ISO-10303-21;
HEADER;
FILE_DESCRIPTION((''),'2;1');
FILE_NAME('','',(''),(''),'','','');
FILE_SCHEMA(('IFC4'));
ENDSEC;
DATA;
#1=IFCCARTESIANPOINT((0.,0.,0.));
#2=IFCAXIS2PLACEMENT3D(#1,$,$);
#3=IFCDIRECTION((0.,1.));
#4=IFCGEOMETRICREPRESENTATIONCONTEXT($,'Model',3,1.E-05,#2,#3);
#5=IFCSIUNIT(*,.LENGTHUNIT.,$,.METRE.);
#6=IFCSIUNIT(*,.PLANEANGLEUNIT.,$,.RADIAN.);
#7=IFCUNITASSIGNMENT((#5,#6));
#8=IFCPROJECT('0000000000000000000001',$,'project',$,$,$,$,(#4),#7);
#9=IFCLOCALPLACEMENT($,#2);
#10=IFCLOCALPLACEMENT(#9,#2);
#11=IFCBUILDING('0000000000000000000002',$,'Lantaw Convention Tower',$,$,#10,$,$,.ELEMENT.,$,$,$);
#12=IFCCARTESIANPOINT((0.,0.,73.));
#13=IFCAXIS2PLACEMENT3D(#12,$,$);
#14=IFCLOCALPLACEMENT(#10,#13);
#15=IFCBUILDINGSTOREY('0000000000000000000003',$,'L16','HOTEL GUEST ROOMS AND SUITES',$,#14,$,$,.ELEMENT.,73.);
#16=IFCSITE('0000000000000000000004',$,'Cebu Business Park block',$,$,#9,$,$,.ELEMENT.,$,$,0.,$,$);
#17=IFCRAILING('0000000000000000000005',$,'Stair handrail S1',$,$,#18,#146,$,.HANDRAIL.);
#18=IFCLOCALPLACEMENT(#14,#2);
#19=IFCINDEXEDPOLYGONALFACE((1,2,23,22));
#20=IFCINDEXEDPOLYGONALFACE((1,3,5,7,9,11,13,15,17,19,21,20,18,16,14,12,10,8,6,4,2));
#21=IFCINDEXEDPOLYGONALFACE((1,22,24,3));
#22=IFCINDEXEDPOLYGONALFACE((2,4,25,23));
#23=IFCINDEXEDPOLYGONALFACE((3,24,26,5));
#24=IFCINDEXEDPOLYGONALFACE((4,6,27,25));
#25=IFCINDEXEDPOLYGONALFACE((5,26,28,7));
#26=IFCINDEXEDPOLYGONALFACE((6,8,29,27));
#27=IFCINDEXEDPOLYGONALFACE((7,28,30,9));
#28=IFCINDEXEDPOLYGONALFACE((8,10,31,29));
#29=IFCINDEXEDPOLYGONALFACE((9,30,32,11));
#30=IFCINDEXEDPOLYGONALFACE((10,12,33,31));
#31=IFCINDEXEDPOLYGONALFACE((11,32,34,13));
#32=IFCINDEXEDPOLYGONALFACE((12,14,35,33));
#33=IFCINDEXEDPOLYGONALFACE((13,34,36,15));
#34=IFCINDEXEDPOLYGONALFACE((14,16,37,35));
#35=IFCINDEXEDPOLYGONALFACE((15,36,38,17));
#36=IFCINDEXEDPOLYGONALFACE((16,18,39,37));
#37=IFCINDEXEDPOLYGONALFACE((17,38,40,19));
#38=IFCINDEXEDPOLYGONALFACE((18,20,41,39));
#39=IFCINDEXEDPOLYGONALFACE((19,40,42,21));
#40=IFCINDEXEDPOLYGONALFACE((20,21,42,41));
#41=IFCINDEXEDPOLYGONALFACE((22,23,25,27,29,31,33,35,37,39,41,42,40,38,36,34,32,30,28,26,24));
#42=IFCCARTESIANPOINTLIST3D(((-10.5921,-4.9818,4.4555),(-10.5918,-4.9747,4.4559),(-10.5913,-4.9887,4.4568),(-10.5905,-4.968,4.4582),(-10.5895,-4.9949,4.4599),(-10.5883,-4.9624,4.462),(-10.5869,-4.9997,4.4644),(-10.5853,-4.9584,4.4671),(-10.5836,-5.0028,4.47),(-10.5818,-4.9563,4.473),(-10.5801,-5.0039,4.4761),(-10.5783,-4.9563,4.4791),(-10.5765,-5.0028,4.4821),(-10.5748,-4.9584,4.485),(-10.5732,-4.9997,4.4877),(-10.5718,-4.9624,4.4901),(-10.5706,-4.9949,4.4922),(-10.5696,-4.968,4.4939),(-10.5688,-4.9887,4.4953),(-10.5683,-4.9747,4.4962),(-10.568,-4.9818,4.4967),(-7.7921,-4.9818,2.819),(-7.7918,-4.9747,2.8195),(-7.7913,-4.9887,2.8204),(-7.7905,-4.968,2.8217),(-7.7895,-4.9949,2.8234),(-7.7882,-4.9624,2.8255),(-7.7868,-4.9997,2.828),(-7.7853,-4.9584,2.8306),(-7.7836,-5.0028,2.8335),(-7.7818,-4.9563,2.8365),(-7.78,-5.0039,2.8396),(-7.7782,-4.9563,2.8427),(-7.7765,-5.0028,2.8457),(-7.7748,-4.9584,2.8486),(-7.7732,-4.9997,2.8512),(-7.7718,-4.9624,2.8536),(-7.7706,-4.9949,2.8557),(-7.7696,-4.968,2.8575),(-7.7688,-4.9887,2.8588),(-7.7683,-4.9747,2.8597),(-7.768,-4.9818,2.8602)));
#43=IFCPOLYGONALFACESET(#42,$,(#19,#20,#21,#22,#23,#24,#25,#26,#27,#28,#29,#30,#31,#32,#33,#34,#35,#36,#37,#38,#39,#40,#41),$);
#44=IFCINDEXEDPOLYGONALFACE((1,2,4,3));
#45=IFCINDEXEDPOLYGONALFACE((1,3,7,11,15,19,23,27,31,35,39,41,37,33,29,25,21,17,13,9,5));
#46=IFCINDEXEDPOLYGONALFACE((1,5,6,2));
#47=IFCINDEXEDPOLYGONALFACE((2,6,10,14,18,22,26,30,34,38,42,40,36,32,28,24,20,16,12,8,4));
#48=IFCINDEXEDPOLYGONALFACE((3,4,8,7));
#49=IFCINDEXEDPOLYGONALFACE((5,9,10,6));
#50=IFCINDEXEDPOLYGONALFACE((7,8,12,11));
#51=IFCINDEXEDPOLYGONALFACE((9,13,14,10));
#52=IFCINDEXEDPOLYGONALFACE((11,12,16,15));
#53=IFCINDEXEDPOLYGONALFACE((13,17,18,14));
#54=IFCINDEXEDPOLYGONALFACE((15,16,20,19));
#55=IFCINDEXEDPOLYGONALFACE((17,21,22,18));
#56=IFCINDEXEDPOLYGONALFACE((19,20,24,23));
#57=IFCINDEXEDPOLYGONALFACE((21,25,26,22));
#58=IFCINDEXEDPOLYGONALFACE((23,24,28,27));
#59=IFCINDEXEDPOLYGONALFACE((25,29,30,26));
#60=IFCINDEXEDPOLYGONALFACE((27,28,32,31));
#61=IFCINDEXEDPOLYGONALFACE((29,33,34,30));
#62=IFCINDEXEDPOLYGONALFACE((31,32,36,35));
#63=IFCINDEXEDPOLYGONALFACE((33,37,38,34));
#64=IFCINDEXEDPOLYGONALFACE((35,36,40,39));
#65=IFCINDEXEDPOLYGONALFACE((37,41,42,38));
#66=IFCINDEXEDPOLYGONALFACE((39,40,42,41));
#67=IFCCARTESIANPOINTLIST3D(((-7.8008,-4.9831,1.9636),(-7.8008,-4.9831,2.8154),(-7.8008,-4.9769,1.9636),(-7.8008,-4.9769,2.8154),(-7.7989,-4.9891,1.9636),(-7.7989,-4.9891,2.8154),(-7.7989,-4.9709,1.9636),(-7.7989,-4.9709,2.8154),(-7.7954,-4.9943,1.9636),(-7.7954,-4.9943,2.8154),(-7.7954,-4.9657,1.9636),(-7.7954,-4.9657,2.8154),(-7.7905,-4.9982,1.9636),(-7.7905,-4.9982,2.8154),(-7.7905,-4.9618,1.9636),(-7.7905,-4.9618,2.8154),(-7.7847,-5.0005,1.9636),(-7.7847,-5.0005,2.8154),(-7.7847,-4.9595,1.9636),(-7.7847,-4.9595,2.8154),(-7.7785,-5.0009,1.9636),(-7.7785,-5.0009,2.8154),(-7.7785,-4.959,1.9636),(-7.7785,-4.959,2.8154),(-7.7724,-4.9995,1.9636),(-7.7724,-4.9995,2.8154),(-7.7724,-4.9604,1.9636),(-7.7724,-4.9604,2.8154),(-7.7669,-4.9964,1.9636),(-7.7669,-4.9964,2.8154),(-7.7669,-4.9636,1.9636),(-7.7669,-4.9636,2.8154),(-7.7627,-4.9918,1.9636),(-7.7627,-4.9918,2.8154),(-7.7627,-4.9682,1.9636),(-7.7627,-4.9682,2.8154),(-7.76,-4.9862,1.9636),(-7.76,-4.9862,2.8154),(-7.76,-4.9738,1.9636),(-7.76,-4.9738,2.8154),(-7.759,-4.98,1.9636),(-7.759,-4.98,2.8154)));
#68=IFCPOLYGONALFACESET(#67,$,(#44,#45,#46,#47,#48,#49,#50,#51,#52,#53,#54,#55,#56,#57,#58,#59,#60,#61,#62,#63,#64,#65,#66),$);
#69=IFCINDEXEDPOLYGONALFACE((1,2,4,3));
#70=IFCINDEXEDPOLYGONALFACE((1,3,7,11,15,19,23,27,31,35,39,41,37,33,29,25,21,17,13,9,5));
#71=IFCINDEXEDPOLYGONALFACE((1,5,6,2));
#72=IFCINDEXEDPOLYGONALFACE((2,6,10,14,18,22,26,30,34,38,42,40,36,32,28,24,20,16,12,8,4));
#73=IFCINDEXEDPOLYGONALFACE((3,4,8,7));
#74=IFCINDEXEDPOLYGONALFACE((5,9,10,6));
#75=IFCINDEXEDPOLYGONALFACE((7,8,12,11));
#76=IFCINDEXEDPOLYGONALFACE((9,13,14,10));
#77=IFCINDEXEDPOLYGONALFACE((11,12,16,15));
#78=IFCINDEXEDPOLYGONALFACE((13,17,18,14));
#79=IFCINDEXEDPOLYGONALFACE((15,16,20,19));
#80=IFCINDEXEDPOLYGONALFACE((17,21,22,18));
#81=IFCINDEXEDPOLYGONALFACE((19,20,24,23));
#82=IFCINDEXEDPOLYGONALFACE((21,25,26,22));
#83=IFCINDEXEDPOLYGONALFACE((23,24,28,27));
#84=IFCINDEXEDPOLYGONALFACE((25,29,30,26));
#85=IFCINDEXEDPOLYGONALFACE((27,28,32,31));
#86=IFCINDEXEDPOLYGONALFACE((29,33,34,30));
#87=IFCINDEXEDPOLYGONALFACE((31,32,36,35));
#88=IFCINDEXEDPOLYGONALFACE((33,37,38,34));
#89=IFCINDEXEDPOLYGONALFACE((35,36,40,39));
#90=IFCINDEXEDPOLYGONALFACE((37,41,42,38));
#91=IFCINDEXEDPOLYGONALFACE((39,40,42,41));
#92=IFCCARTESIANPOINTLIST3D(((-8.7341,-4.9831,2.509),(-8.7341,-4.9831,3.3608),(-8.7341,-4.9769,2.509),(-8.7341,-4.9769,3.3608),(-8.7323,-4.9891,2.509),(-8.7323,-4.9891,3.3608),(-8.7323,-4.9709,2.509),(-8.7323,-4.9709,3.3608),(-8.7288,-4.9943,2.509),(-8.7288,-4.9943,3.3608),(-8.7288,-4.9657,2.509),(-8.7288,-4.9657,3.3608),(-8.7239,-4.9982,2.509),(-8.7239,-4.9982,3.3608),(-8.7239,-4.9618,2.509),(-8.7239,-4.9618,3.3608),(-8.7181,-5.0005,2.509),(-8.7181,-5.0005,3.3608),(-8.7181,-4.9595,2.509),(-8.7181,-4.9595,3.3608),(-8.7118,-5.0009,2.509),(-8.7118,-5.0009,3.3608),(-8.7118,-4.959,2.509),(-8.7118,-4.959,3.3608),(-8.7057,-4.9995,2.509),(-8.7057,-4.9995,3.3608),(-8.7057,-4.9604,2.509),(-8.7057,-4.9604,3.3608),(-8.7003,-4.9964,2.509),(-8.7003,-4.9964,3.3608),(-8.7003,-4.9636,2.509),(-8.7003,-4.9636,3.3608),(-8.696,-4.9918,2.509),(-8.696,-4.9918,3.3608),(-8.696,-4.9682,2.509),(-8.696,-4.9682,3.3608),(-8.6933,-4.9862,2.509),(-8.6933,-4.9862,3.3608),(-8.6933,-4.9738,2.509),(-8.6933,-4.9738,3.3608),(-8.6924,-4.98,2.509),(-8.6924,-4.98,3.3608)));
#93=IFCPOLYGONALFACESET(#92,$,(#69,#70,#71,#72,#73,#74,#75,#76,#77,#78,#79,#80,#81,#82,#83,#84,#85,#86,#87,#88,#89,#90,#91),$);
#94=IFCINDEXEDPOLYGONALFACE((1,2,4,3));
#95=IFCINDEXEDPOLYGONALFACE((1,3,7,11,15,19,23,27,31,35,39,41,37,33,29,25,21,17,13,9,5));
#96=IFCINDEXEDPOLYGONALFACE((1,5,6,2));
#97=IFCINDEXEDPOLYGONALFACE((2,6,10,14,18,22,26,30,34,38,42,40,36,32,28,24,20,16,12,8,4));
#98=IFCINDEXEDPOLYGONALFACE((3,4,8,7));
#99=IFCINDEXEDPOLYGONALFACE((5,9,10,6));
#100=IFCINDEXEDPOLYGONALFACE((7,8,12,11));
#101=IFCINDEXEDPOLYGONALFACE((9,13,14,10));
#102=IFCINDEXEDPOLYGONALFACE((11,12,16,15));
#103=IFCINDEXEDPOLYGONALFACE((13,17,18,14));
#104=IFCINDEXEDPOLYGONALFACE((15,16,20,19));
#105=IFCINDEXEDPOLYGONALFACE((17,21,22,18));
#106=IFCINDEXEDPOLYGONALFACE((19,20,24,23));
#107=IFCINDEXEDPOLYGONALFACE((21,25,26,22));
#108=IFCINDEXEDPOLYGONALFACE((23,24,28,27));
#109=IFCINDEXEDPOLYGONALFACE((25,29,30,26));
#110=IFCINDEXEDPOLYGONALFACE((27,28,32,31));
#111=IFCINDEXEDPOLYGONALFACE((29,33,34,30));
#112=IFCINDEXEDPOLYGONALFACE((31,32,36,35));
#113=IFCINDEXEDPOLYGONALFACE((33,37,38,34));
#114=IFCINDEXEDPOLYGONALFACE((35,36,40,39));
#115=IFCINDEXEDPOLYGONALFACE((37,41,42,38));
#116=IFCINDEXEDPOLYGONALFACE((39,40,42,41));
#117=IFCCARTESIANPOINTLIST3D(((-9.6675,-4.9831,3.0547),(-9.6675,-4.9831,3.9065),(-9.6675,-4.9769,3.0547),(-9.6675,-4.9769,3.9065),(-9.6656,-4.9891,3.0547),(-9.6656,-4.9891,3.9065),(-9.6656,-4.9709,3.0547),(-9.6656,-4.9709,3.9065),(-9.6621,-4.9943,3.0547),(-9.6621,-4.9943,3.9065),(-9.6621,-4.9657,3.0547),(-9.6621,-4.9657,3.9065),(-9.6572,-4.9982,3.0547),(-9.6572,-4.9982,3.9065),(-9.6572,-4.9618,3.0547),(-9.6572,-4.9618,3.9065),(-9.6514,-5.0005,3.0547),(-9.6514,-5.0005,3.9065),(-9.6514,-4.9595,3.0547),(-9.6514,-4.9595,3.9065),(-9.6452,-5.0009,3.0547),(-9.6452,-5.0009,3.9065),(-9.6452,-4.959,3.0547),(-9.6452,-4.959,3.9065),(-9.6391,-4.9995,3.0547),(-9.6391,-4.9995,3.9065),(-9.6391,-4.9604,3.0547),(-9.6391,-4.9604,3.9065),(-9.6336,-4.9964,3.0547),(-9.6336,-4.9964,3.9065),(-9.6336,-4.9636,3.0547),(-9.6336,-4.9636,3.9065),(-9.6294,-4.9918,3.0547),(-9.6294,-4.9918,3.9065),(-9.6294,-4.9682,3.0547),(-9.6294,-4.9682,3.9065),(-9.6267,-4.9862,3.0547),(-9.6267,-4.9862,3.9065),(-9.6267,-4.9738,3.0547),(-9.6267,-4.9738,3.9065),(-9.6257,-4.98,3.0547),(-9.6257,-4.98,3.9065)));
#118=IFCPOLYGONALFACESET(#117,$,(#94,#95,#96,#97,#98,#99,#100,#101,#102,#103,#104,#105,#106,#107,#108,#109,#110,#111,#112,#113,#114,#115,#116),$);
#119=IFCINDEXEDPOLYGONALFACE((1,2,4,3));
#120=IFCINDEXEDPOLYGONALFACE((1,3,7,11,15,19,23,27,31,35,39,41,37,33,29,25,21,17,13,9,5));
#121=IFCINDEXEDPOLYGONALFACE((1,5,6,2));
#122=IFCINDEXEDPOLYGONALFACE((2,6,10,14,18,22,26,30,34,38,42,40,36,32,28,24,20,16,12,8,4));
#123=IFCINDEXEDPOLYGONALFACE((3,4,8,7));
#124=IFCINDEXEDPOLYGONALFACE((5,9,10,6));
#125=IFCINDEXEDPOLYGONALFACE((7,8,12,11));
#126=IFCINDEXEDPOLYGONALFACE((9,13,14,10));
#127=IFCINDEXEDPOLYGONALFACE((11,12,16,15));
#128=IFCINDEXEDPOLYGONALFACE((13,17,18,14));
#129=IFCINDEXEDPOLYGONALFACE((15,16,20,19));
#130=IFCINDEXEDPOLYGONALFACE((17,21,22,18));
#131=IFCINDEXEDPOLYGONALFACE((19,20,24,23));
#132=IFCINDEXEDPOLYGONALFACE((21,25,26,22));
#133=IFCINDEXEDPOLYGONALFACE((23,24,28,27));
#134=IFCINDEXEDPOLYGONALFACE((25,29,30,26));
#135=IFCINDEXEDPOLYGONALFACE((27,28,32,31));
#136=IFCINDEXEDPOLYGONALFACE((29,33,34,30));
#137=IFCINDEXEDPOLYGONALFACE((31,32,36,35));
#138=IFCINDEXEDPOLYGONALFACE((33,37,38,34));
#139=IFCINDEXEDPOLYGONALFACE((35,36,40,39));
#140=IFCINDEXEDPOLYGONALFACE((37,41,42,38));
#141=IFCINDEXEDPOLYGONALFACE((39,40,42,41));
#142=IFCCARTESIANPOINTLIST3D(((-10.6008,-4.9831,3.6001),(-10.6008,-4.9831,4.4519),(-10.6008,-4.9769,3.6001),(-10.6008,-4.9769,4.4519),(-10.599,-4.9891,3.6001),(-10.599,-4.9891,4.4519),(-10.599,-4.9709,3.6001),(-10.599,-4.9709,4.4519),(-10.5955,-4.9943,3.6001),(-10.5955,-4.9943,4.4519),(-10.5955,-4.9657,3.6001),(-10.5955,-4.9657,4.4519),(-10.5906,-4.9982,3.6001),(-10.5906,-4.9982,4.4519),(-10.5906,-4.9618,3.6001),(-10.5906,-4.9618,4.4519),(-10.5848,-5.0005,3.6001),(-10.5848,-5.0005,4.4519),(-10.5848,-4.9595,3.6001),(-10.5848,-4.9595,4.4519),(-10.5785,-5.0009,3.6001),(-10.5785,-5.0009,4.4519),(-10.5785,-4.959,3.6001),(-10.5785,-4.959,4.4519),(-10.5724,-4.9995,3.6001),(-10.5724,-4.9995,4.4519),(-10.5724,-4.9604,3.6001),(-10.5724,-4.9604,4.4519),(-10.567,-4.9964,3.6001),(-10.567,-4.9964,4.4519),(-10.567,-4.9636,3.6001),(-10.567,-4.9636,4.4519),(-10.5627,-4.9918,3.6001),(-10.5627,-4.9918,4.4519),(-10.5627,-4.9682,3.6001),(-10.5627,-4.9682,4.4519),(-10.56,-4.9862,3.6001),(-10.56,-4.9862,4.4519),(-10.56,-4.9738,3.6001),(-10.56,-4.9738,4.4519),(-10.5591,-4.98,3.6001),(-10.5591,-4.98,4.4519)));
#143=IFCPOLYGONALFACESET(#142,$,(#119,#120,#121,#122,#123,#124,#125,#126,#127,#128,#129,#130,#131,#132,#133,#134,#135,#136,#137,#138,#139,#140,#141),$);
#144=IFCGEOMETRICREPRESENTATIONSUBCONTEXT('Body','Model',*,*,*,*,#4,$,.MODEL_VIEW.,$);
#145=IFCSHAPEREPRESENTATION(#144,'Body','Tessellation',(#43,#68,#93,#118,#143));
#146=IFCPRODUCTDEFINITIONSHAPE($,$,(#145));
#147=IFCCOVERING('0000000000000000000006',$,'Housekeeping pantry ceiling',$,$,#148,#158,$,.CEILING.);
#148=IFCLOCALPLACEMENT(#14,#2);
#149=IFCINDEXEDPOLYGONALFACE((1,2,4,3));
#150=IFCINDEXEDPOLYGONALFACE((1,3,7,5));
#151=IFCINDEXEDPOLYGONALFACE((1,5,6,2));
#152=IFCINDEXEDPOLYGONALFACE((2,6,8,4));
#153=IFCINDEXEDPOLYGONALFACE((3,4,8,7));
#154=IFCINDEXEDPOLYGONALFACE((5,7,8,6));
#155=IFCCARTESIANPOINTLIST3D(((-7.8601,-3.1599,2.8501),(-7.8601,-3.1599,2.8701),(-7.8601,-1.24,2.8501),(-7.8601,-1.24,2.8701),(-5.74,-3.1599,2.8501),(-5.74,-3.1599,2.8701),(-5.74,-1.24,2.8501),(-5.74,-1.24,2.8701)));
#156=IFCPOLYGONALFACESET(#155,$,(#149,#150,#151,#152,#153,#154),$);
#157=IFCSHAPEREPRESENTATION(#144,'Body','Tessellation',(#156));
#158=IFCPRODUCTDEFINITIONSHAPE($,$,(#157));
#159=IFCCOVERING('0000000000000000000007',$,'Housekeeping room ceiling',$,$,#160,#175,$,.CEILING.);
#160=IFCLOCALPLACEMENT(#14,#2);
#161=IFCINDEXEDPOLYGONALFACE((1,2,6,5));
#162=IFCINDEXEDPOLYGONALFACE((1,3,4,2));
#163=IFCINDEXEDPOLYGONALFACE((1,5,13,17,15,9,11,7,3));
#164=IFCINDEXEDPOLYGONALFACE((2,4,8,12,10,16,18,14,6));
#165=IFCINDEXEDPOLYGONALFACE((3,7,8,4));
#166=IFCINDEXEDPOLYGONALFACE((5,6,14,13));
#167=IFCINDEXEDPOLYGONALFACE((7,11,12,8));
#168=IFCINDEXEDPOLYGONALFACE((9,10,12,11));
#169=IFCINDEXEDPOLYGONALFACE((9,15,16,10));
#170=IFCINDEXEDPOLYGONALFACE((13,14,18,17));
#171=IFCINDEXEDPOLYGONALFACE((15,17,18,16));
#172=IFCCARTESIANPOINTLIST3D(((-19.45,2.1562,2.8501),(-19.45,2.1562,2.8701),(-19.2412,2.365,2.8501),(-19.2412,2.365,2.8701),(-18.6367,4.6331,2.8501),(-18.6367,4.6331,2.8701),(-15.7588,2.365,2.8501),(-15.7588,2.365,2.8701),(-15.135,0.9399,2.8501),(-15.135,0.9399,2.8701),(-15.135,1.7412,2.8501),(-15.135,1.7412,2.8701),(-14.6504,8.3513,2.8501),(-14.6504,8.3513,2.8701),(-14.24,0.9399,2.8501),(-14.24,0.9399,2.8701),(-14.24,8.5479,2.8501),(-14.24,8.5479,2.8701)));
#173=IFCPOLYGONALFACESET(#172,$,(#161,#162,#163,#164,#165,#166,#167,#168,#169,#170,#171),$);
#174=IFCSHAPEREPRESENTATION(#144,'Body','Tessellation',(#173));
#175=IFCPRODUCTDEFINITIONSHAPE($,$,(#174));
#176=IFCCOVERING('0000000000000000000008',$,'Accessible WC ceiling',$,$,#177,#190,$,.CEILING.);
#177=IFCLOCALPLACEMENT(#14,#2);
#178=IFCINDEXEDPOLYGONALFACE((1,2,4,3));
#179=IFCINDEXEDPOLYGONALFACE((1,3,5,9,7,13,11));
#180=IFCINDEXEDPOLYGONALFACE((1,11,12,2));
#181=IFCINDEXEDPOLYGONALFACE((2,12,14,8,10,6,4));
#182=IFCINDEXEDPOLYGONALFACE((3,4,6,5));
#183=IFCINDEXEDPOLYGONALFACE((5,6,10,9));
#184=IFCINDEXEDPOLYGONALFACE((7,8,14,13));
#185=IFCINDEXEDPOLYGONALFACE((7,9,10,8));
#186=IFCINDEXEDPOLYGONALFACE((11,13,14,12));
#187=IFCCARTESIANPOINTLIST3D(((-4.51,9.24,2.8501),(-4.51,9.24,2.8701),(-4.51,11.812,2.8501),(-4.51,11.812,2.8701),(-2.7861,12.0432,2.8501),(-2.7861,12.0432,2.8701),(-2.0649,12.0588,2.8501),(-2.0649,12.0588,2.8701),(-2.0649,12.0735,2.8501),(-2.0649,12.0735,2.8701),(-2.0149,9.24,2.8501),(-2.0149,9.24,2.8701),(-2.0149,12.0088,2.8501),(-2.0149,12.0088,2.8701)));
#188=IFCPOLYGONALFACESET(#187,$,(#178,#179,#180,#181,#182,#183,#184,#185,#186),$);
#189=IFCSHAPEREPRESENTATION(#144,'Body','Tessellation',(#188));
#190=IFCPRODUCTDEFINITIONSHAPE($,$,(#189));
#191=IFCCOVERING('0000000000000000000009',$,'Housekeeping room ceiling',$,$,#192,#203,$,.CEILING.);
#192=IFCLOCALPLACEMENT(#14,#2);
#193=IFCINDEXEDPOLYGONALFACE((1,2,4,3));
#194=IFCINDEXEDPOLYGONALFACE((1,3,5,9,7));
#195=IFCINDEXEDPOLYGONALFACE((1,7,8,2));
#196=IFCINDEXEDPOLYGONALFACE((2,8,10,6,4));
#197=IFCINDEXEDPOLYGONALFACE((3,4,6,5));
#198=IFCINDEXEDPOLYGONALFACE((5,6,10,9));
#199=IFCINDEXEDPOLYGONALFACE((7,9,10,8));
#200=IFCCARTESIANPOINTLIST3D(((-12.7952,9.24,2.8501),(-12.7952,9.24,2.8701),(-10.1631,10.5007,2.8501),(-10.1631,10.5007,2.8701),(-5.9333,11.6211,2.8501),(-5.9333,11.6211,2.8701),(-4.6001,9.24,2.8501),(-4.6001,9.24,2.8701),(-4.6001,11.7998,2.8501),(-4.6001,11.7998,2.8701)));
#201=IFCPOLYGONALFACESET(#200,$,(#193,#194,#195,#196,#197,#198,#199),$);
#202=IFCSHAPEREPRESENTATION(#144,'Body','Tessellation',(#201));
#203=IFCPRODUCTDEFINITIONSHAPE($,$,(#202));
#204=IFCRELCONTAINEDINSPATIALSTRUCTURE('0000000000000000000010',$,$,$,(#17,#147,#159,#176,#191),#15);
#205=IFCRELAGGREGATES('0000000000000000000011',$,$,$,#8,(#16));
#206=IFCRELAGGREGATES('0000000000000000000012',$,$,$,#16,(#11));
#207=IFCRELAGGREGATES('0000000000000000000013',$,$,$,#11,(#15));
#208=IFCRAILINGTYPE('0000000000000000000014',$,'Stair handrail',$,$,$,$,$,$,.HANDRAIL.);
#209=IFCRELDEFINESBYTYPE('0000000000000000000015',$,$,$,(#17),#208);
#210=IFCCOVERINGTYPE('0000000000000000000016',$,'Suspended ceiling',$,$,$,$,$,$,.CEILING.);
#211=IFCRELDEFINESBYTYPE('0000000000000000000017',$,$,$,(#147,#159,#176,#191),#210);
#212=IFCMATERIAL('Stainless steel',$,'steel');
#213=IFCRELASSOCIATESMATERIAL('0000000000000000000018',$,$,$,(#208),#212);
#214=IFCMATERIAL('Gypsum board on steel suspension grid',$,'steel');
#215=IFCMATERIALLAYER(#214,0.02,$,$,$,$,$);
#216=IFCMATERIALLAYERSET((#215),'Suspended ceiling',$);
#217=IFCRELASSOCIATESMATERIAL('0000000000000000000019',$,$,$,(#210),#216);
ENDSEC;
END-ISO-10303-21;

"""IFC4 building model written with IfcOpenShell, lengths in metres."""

from ifc_helpers import new_model, si_unit, direction, frame, origin, origin_2d, place, context, subcontext, project, spatial, polyline, circle, outline, extrude, material, layer, layer_set, type_object, element, save


model = new_model("IFC4")

# Units and contexts
model_context = context("Model", 3, precision=1e-05, world=origin(), true_north=direction((0.0, 1.0)))
body_context = subcontext(model_context, "Body", "Model", "MODEL_VIEW")
ifc_project = project(units=[si_unit("LENGTHUNIT", "METRE"), si_unit("PLANEANGLEUNIT", "RADIAN")], contexts=[model_context])

# Site, building, storey
site_placement = place(None, origin())
site = spatial("IfcSite", under=ifc_project, at=site_placement, Name="Cebu Business Park block", CompositionType="ELEMENT", RefElevation=0.0)
building_placement = place(site_placement, origin())
building = spatial("IfcBuilding", under=site, at=building_placement, Name="Lantaw Convention Tower", CompositionType="ELEMENT")
storey_placement = place(building_placement, frame((0.0, 0.0, 73.0)))
storey = spatial("IfcBuildingStorey", under=building, at=storey_placement, Name="L16", Description="HOTEL GUEST ROOMS AND SUITES", CompositionType="ELEMENT", Elevation=73.0)

# Shared definitions
ifc_material_1 = material(Name="Stainless steel", Category="steel")

# Railing
railing_type = type_object("IfcRailingType", Name="Stair handrail", PredefinedType="HANDRAIL", material=ifc_material_1)
railing_1_placement = place(storey_placement, frame((-7.78, -4.98, 1.9636)))
element("IfcRailing", 1, at=railing_1_placement, inside=storey, type_object=railing_type, Name="Stair handrail S1", PredefinedType="HANDRAIL", context=body_context, shape_type="SweptSolid", body=[
    extrude(circle(Radius=0.0239, at=origin_2d()), frame((0.0, 0.0, 0.876), z_axis=(-0.863361, 0.0, 0.504587), x_axis=(0.0, -1.0, 0.0)), (0.0, 0.0, 1.0), 3.2432),
    extrude(circle(Radius=0.021, at=origin_2d()), origin(), (0.0, 0.0, 1.0), 0.8518),
    extrude(circle(Radius=0.021, at=origin_2d()), frame((-0.9333, 0.0, 0.5454)), (0.0, 0.0, 1.0), 0.8518),
    extrude(circle(Radius=0.021, at=origin_2d()), frame((-1.8667, 0.0, 1.0911)), (0.0, 0.0, 1.0), 0.8518),
    extrude(circle(Radius=0.021, at=origin_2d()), frame((-2.8, 0.0, 1.6365)), (0.0, 0.0, 1.0), 0.8518),
])

# Coverings
ifc_material_2 = material(Name="Gypsum board on steel suspension grid", Category="steel")
ifc_layer_1 = layer(ifc_material_2, 0.02)
ifc_layer_set_1 = layer_set([ifc_layer_1], Name="Suspended ceiling")
covering_type = type_object("IfcCoveringType", Name="Suspended ceiling", PredefinedType="CEILING", material=ifc_layer_set_1)
covering_1_placement = place(storey_placement, frame((0.0, 0.0, 2.8501)))
element("IfcCovering", 2, at=covering_1_placement, inside=storey, type_object=covering_type, Name="Housekeeping pantry ceiling", PredefinedType="CEILING", context=body_context, shape_type="SweptSolid", body=[
    extrude(outline(polyline([(-7.8601, -3.1599), (-5.74, -3.1599), (-5.74, -1.24), (-7.8601, -1.24), (-7.8601, -3.1599)])), origin(), (0.0, 0.0, 1.0), 0.02),
])
covering_2_placement = place(storey_placement, frame((0.0, 0.0, 2.8501)))
element("IfcCovering", 3, at=covering_2_placement, inside=storey, type_object=covering_type, Name="Housekeeping room ceiling", PredefinedType="CEILING", context=body_context, shape_type="SweptSolid", body=[
    extrude(outline(polyline([(-14.24, 8.5479), (-14.6504, 8.3513), (-18.6367, 4.6331), (-19.45, 2.1562), (-19.2412, 2.365), (-15.7588, 2.365), (-15.135, 1.7412), (-15.135, 0.9399), (-14.24, 0.9399), (-14.24, 8.5479)])), origin(), (0.0, 0.0, 1.0), 0.02),
])
covering_3_placement = place(storey_placement, frame((0.0, 0.0, 2.8501)))
element("IfcCovering", 4, at=covering_3_placement, inside=storey, type_object=covering_type, Name="Accessible WC ceiling", PredefinedType="CEILING", context=body_context, shape_type="SweptSolid", body=[
    extrude(outline(polyline([(-2.0649, 12.0735), (-2.7861, 12.0432), (-4.51, 11.812), (-4.51, 9.24), (-2.0149, 9.24), (-2.0149, 12.0088), (-2.0649, 12.0588), (-2.0649, 12.0735)])), origin(), (0.0, 0.0, 1.0), 0.02),
])
covering_4_placement = place(storey_placement, frame((0.0, 0.0, 2.8501)))
element("IfcCovering", 5, at=covering_4_placement, inside=storey, type_object=covering_type, Name="Housekeeping room ceiling", PredefinedType="CEILING", context=body_context, shape_type="SweptSolid", body=[
    extrude(outline(polyline([(-12.7952, 9.24), (-4.6001, 9.24), (-4.6001, 11.7998), (-5.9333, 11.6211), (-10.1631, 10.5007), (-12.7952, 9.24)])), origin(), (0.0, 0.0, 1.0), 0.02),
])

save(model, "model.ifc")
